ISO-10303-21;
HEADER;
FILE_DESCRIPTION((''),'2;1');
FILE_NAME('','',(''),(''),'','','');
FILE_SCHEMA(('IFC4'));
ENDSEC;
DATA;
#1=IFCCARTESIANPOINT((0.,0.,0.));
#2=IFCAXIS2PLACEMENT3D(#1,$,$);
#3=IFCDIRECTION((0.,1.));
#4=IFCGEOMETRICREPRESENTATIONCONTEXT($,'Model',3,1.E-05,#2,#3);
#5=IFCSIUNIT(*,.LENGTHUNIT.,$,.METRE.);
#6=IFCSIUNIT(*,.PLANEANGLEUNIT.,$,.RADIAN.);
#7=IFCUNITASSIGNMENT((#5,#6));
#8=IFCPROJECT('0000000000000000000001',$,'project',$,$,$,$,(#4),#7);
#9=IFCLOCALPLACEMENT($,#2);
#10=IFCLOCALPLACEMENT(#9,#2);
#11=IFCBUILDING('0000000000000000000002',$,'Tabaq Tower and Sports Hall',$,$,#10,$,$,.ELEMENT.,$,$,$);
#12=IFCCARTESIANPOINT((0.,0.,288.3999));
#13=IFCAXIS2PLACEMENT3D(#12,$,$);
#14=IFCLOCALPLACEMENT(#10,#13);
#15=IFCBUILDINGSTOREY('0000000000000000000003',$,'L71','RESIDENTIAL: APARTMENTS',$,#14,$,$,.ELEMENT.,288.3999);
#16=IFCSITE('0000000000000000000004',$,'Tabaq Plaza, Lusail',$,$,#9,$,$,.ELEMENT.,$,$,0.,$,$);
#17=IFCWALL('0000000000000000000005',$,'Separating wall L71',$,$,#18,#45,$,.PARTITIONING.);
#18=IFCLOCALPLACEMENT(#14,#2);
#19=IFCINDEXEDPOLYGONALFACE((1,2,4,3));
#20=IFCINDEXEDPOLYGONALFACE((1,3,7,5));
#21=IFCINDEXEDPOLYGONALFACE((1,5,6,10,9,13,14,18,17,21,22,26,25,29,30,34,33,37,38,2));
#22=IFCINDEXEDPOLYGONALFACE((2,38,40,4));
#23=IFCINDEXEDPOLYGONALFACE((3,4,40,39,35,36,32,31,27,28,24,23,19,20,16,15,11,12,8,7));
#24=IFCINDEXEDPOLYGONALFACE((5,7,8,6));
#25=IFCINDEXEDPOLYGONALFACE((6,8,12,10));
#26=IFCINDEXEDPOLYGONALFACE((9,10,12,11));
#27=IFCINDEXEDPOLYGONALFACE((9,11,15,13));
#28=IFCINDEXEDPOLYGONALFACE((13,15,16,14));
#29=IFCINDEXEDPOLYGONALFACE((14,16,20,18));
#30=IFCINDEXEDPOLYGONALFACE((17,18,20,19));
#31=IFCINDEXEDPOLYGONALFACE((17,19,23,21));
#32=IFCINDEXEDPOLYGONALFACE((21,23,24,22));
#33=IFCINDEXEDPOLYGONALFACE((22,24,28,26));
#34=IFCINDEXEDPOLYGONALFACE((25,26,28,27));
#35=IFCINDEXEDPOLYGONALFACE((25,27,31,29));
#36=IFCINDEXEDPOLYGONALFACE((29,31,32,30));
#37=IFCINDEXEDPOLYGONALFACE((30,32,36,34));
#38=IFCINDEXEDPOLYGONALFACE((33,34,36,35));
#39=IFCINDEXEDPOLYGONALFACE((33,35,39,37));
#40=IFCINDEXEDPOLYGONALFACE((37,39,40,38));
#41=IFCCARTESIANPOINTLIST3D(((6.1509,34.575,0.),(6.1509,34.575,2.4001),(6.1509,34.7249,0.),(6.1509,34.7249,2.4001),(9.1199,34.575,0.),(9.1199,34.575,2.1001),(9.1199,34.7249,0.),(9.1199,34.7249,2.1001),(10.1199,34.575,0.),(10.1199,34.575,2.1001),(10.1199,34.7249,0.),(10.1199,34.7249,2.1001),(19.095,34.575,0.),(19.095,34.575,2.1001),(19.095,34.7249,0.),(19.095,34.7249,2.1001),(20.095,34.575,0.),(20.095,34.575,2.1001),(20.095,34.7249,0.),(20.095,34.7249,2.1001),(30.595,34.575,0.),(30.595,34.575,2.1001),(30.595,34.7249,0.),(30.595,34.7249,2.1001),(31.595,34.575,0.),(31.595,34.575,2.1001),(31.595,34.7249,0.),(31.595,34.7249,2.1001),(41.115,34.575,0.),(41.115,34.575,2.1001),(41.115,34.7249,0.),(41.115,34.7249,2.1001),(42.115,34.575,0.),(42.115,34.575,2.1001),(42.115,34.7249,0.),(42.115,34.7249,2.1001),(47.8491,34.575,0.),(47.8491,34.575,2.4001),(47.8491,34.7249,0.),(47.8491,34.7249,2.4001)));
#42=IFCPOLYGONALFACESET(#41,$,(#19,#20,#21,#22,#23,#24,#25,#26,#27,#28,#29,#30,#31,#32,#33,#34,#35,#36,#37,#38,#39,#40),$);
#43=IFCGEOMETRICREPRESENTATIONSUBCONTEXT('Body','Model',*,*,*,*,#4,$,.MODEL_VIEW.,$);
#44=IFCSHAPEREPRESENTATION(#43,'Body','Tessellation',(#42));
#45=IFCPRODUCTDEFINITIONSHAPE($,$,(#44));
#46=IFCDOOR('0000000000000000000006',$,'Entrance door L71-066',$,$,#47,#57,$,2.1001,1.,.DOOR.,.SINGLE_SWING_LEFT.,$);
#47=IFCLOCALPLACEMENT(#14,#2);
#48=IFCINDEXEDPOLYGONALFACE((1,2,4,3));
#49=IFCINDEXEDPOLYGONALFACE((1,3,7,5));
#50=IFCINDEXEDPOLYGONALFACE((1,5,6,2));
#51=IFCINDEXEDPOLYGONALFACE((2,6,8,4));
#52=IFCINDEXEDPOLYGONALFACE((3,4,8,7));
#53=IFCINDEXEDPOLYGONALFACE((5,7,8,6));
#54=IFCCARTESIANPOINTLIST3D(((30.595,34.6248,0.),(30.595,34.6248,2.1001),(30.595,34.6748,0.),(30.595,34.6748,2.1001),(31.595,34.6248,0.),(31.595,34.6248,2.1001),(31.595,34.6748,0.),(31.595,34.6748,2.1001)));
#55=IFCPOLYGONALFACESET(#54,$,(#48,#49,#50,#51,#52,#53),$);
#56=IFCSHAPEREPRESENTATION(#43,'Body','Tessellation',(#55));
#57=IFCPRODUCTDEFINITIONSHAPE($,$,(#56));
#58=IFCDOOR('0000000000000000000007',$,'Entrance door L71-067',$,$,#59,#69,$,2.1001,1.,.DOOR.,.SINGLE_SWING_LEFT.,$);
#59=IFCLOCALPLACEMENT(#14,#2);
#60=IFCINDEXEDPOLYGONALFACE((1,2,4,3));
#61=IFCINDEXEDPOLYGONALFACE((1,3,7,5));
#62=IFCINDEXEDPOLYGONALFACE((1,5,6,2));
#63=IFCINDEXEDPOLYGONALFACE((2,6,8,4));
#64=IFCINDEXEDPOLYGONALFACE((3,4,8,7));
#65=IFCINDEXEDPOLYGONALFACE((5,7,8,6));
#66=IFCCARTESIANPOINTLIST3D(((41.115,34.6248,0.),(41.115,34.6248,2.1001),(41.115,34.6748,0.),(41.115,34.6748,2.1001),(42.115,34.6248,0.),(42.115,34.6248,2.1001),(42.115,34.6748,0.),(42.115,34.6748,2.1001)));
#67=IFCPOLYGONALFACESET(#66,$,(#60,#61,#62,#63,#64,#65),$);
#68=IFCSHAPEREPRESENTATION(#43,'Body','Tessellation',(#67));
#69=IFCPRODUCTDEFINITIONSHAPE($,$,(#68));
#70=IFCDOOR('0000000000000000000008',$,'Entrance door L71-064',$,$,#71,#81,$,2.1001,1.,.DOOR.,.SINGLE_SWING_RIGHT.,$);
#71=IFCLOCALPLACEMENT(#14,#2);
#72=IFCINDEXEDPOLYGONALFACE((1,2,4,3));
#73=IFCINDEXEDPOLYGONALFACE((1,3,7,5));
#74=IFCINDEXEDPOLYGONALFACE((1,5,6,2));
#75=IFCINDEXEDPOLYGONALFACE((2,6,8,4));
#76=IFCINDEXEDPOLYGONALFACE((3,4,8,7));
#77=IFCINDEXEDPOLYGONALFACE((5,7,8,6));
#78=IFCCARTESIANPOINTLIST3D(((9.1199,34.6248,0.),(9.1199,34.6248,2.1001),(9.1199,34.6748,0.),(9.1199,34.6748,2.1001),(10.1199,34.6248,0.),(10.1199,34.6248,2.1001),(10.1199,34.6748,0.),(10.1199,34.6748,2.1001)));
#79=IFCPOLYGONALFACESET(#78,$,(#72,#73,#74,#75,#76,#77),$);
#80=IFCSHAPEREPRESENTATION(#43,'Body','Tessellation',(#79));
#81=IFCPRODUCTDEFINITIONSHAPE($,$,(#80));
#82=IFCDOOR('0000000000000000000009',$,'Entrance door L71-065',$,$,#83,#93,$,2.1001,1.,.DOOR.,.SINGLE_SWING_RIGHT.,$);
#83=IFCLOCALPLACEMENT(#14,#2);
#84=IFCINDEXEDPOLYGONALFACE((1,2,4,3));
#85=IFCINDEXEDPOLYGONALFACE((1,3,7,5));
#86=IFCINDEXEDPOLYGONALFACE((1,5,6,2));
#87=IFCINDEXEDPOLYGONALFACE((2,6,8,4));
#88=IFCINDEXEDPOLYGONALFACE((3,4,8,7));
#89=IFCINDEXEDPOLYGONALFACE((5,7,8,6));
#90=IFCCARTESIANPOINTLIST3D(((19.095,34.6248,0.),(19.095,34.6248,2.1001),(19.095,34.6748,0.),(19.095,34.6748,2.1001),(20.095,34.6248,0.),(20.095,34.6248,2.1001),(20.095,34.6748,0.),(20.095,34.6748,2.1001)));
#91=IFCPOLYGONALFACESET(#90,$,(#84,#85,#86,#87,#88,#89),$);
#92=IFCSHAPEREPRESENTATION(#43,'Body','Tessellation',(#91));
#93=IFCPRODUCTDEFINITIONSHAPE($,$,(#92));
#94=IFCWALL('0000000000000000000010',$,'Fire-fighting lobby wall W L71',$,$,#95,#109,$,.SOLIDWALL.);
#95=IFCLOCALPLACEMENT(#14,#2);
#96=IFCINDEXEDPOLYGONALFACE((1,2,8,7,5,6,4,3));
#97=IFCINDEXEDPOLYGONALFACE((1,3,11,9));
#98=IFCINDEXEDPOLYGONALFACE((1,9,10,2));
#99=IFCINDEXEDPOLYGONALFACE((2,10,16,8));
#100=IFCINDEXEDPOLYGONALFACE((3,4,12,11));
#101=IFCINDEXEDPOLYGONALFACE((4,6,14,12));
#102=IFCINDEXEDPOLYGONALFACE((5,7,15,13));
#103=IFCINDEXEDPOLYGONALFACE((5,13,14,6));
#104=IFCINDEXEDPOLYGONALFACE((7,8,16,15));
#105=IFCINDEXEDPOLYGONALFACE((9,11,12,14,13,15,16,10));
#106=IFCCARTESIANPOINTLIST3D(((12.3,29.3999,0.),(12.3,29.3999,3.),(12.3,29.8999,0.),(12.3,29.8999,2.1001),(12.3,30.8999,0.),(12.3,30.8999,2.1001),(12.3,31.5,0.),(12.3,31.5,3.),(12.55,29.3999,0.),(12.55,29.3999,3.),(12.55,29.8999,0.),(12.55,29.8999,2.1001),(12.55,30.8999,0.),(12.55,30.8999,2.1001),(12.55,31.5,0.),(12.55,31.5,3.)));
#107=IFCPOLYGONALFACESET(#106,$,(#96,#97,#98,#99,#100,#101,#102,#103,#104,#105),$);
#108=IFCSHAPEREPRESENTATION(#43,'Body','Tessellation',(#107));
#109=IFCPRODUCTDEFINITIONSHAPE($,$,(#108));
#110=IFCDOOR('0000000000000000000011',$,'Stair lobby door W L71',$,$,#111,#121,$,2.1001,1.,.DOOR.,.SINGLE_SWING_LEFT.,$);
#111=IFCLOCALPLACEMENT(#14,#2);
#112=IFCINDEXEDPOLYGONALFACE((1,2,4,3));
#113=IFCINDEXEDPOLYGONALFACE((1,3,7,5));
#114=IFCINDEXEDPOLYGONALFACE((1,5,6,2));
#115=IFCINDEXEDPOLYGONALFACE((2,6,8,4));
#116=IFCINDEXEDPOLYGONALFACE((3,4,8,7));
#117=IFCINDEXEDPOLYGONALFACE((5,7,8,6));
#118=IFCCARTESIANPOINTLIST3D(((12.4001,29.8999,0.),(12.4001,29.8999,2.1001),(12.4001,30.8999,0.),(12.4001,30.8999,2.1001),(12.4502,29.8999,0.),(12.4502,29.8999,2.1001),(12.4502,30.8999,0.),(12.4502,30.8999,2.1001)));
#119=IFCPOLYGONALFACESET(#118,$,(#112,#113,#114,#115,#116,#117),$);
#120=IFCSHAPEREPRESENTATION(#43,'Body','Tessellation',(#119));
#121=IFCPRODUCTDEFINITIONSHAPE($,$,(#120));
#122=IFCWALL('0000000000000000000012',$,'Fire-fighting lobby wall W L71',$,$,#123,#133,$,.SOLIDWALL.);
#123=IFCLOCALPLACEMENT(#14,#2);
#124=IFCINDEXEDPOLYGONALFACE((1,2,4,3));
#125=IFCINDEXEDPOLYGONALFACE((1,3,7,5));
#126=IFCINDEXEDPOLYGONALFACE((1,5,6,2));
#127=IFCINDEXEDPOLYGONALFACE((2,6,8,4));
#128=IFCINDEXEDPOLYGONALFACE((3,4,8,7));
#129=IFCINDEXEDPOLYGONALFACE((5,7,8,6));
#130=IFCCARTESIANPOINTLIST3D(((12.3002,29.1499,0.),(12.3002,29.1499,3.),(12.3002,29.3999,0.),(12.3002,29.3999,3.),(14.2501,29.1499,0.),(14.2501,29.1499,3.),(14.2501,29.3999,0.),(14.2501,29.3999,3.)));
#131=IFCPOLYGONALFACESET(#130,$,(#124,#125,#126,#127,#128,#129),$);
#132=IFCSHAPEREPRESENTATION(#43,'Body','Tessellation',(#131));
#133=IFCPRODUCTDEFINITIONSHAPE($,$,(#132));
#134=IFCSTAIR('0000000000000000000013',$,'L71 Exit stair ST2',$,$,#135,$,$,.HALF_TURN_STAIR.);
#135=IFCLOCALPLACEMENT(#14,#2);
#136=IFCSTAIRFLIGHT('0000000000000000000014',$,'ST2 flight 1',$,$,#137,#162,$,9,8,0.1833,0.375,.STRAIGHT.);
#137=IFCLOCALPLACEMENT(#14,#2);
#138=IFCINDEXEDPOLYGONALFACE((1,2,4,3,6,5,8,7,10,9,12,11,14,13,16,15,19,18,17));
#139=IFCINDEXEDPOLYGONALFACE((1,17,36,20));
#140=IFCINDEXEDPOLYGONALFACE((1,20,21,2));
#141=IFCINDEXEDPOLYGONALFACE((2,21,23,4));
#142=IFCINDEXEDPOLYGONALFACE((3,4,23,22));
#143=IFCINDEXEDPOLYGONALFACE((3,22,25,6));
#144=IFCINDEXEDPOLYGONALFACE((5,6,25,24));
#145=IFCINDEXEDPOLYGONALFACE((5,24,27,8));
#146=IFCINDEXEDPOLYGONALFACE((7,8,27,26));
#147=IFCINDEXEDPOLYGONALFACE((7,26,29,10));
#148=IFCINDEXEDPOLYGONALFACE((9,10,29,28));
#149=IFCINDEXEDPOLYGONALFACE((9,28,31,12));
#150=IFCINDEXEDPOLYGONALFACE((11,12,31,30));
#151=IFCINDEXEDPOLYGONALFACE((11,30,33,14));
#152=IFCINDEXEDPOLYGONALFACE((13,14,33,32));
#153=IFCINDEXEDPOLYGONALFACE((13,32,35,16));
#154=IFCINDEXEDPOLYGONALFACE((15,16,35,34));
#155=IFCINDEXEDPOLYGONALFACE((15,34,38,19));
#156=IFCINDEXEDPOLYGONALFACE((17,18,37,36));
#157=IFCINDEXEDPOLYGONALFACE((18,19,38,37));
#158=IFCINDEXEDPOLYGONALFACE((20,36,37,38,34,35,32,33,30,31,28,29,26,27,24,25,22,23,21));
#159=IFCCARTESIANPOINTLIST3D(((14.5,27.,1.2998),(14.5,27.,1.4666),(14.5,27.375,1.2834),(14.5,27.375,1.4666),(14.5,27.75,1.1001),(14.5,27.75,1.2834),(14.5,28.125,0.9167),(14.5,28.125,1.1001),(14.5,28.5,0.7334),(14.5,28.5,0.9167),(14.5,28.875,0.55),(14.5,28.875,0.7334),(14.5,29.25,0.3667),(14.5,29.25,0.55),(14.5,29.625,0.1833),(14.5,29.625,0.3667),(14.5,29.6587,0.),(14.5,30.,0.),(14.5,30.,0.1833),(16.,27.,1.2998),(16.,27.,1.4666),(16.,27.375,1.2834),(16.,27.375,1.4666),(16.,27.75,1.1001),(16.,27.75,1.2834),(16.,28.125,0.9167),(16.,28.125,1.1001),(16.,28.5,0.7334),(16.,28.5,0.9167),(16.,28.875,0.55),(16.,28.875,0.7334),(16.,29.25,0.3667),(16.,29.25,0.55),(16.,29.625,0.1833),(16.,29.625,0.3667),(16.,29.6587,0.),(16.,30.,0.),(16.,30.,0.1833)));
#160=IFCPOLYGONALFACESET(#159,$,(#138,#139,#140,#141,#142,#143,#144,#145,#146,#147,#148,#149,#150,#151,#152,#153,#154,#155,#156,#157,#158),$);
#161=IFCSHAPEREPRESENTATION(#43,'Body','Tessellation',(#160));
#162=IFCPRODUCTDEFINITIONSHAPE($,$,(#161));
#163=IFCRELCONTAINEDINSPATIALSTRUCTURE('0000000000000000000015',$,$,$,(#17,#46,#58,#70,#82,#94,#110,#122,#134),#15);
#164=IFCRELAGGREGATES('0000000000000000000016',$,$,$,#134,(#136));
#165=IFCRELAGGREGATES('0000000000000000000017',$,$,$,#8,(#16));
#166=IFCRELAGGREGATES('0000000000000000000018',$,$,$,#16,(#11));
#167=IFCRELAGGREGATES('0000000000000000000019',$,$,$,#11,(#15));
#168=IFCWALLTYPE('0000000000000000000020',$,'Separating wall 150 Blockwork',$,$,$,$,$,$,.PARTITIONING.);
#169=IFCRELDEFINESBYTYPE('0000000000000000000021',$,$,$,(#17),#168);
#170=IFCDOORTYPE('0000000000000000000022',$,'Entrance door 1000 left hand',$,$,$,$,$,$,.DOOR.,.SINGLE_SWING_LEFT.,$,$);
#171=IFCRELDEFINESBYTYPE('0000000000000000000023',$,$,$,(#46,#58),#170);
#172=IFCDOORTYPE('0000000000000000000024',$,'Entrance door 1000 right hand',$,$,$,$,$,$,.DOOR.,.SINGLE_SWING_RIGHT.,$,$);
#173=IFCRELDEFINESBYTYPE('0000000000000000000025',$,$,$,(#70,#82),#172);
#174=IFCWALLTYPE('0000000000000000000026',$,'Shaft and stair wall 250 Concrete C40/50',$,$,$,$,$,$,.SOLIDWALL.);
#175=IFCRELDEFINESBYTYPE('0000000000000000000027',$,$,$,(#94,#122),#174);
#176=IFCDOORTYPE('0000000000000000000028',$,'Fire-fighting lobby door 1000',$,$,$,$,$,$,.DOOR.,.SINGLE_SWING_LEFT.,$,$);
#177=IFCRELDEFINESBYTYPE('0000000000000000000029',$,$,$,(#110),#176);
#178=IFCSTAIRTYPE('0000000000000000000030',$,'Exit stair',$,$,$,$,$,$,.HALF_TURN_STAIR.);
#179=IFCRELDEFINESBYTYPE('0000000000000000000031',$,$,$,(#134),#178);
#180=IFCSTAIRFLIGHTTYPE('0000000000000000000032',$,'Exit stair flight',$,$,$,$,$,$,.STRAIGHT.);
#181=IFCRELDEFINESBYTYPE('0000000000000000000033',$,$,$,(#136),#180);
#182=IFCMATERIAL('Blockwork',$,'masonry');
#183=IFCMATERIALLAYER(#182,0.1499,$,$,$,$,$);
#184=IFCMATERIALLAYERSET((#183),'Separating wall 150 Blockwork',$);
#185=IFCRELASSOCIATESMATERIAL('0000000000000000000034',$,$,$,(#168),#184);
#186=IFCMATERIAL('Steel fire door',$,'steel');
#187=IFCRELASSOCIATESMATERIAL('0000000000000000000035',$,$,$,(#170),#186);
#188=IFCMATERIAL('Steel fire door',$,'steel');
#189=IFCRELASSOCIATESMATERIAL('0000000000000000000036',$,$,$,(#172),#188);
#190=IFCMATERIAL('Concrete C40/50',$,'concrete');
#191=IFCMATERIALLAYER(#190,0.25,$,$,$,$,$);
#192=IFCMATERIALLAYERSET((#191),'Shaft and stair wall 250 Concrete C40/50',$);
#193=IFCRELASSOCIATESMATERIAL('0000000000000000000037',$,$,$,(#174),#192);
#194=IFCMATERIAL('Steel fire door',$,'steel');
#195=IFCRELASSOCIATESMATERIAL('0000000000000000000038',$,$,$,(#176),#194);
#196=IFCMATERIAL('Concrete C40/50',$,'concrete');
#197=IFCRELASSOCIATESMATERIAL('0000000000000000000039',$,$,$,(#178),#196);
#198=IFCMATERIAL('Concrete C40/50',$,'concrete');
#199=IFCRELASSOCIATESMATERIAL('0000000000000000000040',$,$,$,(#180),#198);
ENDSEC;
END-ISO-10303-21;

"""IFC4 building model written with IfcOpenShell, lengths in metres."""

from ifc_helpers import new_model, si_unit, direction, frame, frame_2d, origin, place, context, subcontext, project, spatial, polyline, rectangle, outline, extrude, material, layer, layer_set, type_object, element, fill, aggregate, save


model = new_model("IFC4")

# Units and contexts
model_context = context("Model", 3, precision=1e-05, world=origin(), true_north=direction((0.0, 1.0)))
body_context = subcontext(model_context, "Body", "Model", "MODEL_VIEW")
ifc_project = project(units=[si_unit("LENGTHUNIT", "METRE"), si_unit("PLANEANGLEUNIT", "RADIAN")], contexts=[model_context])

# Site, building, storey
site_placement = place(None, origin())
site = spatial("IfcSite", under=ifc_project, at=site_placement, Name="Tabaq Plaza, Lusail", CompositionType="ELEMENT", RefElevation=0.0)
building_placement = place(site_placement, origin())
building = spatial("IfcBuilding", under=site, at=building_placement, Name="Tabaq Tower and Sports Hall", CompositionType="ELEMENT")
storey_placement = place(building_placement, frame((0.0, 0.0, 288.3999)))
storey = spatial("IfcBuildingStorey", under=building, at=storey_placement, Name="L71", Description="RESIDENTIAL: APARTMENTS", CompositionType="ELEMENT", Elevation=288.3999)

# Shared definitions
ifc_material_1 = material(Name="Blockwork", Category="masonry")
ifc_layer_1 = layer(ifc_material_1, 0.1499)
ifc_layer_set_1 = layer_set([ifc_layer_1], Name="Separating wall 150 Blockwork")
wall_type_1 = type_object("IfcWallType", Name="Separating wall 150 Blockwork", PredefinedType="PARTITIONING", material=ifc_layer_set_1)

# Wall, openings, doors
wall_1_placement = place(storey_placement, frame((6.1509, 34.6499, 0.0), z_axis=(0.0, 0.0, 1.0), x_axis=(1.0, 0.0, 0.0)))
wall_1 = element("IfcWall", 1, at=wall_1_placement, inside=storey, type_object=wall_type_1, Name="Separating wall L71", PredefinedType="PARTITIONING", context=body_context, shape_type="SweptSolid", body=[
    extrude(rectangle(XDim=41.6982, YDim=0.1499, at=frame_2d((20.8491, 0.0))), origin(), (0.0, 0.0, 1.0), 2.4001),
])
opening_1_placement = place(wall_1_placement, frame((2.969, 0.0, 0.0)))
opening_1 = element("IfcOpeningElement", 2, at=opening_1_placement, cuts=wall_1, PredefinedType="OPENING", context=body_context, shape_type="SweptSolid", body=[
    extrude(rectangle(XDim=1.0, YDim=2.1001, at=frame_2d((0.5, 1.05))), frame((0.0, 0.075, 0.0), z_axis=(0.0, -1.0, 0.0), x_axis=(1.0, 0.0, 0.0)), (0.0, 0.0, 1.0), 0.1499),
])
opening_2_placement = place(wall_1_placement, frame((12.9441, 0.0, 0.0)))
opening_2 = element("IfcOpeningElement", 3, at=opening_2_placement, cuts=wall_1, PredefinedType="OPENING", context=body_context, shape_type="SweptSolid", body=[
    extrude(rectangle(XDim=1.0, YDim=2.1001, at=frame_2d((0.5, 1.05))), frame((0.0, 0.075, 0.0), z_axis=(0.0, -1.0, 0.0), x_axis=(1.0, 0.0, 0.0)), (0.0, 0.0, 1.0), 0.1499),
])
opening_3_placement = place(wall_1_placement, frame((24.4441, 0.0, 0.0)))
opening_3 = element("IfcOpeningElement", 4, at=opening_3_placement, cuts=wall_1, PredefinedType="OPENING", context=body_context, shape_type="SweptSolid", body=[
    extrude(rectangle(XDim=1.0, YDim=2.1001, at=frame_2d((0.5, 1.05))), frame((0.0, 0.075, 0.0), z_axis=(0.0, -1.0, 0.0), x_axis=(1.0, 0.0, 0.0)), (0.0, 0.0, 1.0), 0.1499),
])
opening_4_placement = place(wall_1_placement, frame((34.9641, 0.0, 0.0)))
opening_4 = element("IfcOpeningElement", 5, at=opening_4_placement, cuts=wall_1, PredefinedType="OPENING", context=body_context, shape_type="SweptSolid", body=[
    extrude(rectangle(XDim=1.0, YDim=2.1001, at=frame_2d((0.5, 1.05))), frame((0.0, 0.075, 0.0), z_axis=(0.0, -1.0, 0.0), x_axis=(1.0, 0.0, 0.0)), (0.0, 0.0, 1.0), 0.1499),
])
ifc_material_2 = material(Name="Steel fire door", Category="steel")
door_type_1 = type_object("IfcDoorType", Name="Entrance door 1000 left hand", OperationType="SINGLE_SWING_LEFT", PredefinedType="DOOR", material=ifc_material_2)
door_1_placement = place(opening_3_placement, origin())
door_1 = element("IfcDoor", 6, at=door_1_placement, inside=storey, type_object=door_type_1, Name="Entrance door L71-066", OperationType="SINGLE_SWING_LEFT", OverallHeight=2.1001, OverallWidth=1.0, PredefinedType="DOOR", context=body_context, shape_type="SweptSolid", body=[
    extrude(rectangle(XDim=1.0, YDim=2.1001, at=frame_2d((0.5, 1.05))), frame((0.0, 0.0249, 0.0), z_axis=(0.0, -1.0, 0.0), x_axis=(1.0, 0.0, 0.0)), (0.0, 0.0, 1.0), 0.05),
])
fill(opening_3, door_1)
door_2_placement = place(opening_4_placement, origin())
door_2 = element("IfcDoor", 7, at=door_2_placement, inside=storey, type_object=door_type_1, Name="Entrance door L71-067", OperationType="SINGLE_SWING_LEFT", OverallHeight=2.1001, OverallWidth=1.0, PredefinedType="DOOR", context=body_context, shape_type="SweptSolid", body=[
    extrude(rectangle(XDim=1.0, YDim=2.1001, at=frame_2d((0.5, 1.05))), frame((0.0, 0.0249, 0.0), z_axis=(0.0, -1.0, 0.0), x_axis=(1.0, 0.0, 0.0)), (0.0, 0.0, 1.0), 0.05),
])
fill(opening_4, door_2)
ifc_material_3 = material(Name="Steel fire door", Category="steel")
door_type_2 = type_object("IfcDoorType", Name="Entrance door 1000 right hand", OperationType="SINGLE_SWING_RIGHT", PredefinedType="DOOR", material=ifc_material_3)
door_3_placement = place(opening_1_placement, origin())
door_3 = element("IfcDoor", 8, at=door_3_placement, inside=storey, type_object=door_type_2, Name="Entrance door L71-064", OperationType="SINGLE_SWING_RIGHT", OverallHeight=2.1001, OverallWidth=1.0, PredefinedType="DOOR", context=body_context, shape_type="SweptSolid", body=[
    extrude(rectangle(XDim=1.0, YDim=2.1001, at=frame_2d((0.5, 1.05))), frame((0.0, 0.0249, 0.0), z_axis=(0.0, -1.0, 0.0), x_axis=(1.0, 0.0, 0.0)), (0.0, 0.0, 1.0), 0.05),
])
fill(opening_1, door_3)
door_4_placement = place(opening_2_placement, origin())
door_4 = element("IfcDoor", 9, at=door_4_placement, inside=storey, type_object=door_type_2, Name="Entrance door L71-065", OperationType="SINGLE_SWING_RIGHT", OverallHeight=2.1001, OverallWidth=1.0, PredefinedType="DOOR", context=body_context, shape_type="SweptSolid", body=[
    extrude(rectangle(XDim=1.0, YDim=2.1001, at=frame_2d((0.5, 1.05))), frame((0.0, 0.0249, 0.0), z_axis=(0.0, -1.0, 0.0), x_axis=(1.0, 0.0, 0.0)), (0.0, 0.0, 1.0), 0.05),
])
fill(opening_2, door_4)

# Wall, opening, door
ifc_material_4 = material(Name="Concrete C40/50", Category="concrete")
ifc_layer_2 = layer(ifc_material_4, 0.25)
ifc_layer_set_2 = layer_set([ifc_layer_2], Name="Shaft and stair wall 250 Concrete C40/50")
wall_type_2 = type_object("IfcWallType", Name="Shaft and stair wall 250 Concrete C40/50", PredefinedType="SOLIDWALL", material=ifc_layer_set_2)
wall_2_placement = place(storey_placement, frame((12.425, 29.3999, 0.0), z_axis=(0.0, 0.0, 1.0), x_axis=(0.0, 1.0, 0.0)))
wall_2 = element("IfcWall", 10, at=wall_2_placement, inside=storey, type_object=wall_type_2, Name="Fire-fighting lobby wall W L71", PredefinedType="SOLIDWALL", context=body_context, shape_type="SweptSolid", body=[
    extrude(rectangle(XDim=2.1001, YDim=0.25, at=frame_2d((1.05, 0.0))), origin(), (0.0, 0.0, 1.0), 3.0),
])
opening_5_placement = place(wall_2_placement, frame((0.5, 0.0, 0.0)))
opening_5 = element("IfcOpeningElement", 11, at=opening_5_placement, cuts=wall_2, PredefinedType="OPENING", context=body_context, shape_type="SweptSolid", body=[
    extrude(rectangle(XDim=1.0, YDim=2.1001, at=frame_2d((0.5, 1.05))), frame((0.0, 0.125, 0.0), z_axis=(0.0, -1.0, 0.0), x_axis=(1.0, 0.0, 0.0)), (0.0, 0.0, 1.0), 0.25),
])
ifc_material_5 = material(Name="Steel fire door", Category="steel")
door_type_3 = type_object("IfcDoorType", Name="Fire-fighting lobby door 1000", OperationType="SINGLE_SWING_LEFT", PredefinedType="DOOR", material=ifc_material_5)
door_5_placement = place(opening_5_placement, origin())
door_5 = element("IfcDoor", 12, at=door_5_placement, inside=storey, type_object=door_type_3, Name="Stair lobby door W L71", OperationType="SINGLE_SWING_LEFT", OverallHeight=2.1001, OverallWidth=1.0, PredefinedType="DOOR", context=body_context, shape_type="SweptSolid", body=[
    extrude(rectangle(XDim=1.0, YDim=2.1001, at=frame_2d((0.5, 1.05))), frame((0.0, 0.0249, 0.0), z_axis=(0.0, -1.0, 0.0), x_axis=(1.0, 0.0, 0.0)), (0.0, 0.0, 1.0), 0.05),
])
fill(opening_5, door_5)

# Wall
wall_3_placement = place(storey_placement, frame((12.3, 29.2749, 0.0), z_axis=(0.0, 0.0, 1.0), x_axis=(1.0, 0.0, 0.0)))
element("IfcWall", 13, at=wall_3_placement, inside=storey, type_object=wall_type_2, Name="Fire-fighting lobby wall W L71", PredefinedType="SOLIDWALL", context=body_context, shape_type="SweptSolid", body=[
    extrude(rectangle(XDim=1.95, YDim=0.25, at=frame_2d((0.9751, 0.0))), origin(), (0.0, 0.0, 1.0), 3.0),
])

# Stair, stair flight
ifc_material_6 = material(Name="Concrete C40/50", Category="concrete")
stair_type = type_object("IfcStairType", Name="Exit stair", PredefinedType="HALF_TURN_STAIR", material=ifc_material_6)
stair_placement = place(storey_placement, origin())
stair = element("IfcStair", 14, at=stair_placement, inside=storey, type_object=stair_type, Name="L71 Exit stair ST2", PredefinedType="HALF_TURN_STAIR")
ifc_material_7 = material(Name="Concrete C40/50", Category="concrete")
stair_flight_type = type_object("IfcStairFlightType", Name="Exit stair flight", PredefinedType="STRAIGHT", material=ifc_material_7)
stair_flight_placement = place(storey_placement, frame((15.25, 30.0, 0.0), z_axis=(0.0, 0.0, 1.0), x_axis=(0.0, -1.0, 0.0)))
stair_flight = element("IfcStairFlight", 15, at=stair_flight_placement, type_object=stair_flight_type, Name="ST2 flight 1", NumberOfRisers=9, NumberOfTreads=8, PredefinedType="STRAIGHT", RiserHeight=0.1833, TreadLength=0.375, context=body_context, shape_type="SweptSolid", body=[
    extrude(outline(polyline([(0.0, 0.0), (0.0, 0.1833), (0.375, 0.1833), (0.375, 0.3667), (0.75, 0.3667), (0.75, 0.55), (1.125, 0.55), (1.125, 0.7334), (1.5, 0.7334), (1.5, 0.9167), (1.875, 0.9167), (1.875, 1.1001), (2.25, 1.1001), (2.25, 1.2834), (2.625, 1.2834), (2.625, 1.4666), (3.0, 1.4666), (3.0, 1.6499), (3.0, 1.2998), (0.3413, 0.0), (0.0, 0.0)])), frame((0.0, 0.75, 0.0), z_axis=(0.0, -1.0, 0.0), x_axis=(1.0, 0.0, 0.0)), (0.0, 0.0, 1.0), 1.5),
])
aggregate(stair, [stair_flight])

save(model, "model.ifc")
